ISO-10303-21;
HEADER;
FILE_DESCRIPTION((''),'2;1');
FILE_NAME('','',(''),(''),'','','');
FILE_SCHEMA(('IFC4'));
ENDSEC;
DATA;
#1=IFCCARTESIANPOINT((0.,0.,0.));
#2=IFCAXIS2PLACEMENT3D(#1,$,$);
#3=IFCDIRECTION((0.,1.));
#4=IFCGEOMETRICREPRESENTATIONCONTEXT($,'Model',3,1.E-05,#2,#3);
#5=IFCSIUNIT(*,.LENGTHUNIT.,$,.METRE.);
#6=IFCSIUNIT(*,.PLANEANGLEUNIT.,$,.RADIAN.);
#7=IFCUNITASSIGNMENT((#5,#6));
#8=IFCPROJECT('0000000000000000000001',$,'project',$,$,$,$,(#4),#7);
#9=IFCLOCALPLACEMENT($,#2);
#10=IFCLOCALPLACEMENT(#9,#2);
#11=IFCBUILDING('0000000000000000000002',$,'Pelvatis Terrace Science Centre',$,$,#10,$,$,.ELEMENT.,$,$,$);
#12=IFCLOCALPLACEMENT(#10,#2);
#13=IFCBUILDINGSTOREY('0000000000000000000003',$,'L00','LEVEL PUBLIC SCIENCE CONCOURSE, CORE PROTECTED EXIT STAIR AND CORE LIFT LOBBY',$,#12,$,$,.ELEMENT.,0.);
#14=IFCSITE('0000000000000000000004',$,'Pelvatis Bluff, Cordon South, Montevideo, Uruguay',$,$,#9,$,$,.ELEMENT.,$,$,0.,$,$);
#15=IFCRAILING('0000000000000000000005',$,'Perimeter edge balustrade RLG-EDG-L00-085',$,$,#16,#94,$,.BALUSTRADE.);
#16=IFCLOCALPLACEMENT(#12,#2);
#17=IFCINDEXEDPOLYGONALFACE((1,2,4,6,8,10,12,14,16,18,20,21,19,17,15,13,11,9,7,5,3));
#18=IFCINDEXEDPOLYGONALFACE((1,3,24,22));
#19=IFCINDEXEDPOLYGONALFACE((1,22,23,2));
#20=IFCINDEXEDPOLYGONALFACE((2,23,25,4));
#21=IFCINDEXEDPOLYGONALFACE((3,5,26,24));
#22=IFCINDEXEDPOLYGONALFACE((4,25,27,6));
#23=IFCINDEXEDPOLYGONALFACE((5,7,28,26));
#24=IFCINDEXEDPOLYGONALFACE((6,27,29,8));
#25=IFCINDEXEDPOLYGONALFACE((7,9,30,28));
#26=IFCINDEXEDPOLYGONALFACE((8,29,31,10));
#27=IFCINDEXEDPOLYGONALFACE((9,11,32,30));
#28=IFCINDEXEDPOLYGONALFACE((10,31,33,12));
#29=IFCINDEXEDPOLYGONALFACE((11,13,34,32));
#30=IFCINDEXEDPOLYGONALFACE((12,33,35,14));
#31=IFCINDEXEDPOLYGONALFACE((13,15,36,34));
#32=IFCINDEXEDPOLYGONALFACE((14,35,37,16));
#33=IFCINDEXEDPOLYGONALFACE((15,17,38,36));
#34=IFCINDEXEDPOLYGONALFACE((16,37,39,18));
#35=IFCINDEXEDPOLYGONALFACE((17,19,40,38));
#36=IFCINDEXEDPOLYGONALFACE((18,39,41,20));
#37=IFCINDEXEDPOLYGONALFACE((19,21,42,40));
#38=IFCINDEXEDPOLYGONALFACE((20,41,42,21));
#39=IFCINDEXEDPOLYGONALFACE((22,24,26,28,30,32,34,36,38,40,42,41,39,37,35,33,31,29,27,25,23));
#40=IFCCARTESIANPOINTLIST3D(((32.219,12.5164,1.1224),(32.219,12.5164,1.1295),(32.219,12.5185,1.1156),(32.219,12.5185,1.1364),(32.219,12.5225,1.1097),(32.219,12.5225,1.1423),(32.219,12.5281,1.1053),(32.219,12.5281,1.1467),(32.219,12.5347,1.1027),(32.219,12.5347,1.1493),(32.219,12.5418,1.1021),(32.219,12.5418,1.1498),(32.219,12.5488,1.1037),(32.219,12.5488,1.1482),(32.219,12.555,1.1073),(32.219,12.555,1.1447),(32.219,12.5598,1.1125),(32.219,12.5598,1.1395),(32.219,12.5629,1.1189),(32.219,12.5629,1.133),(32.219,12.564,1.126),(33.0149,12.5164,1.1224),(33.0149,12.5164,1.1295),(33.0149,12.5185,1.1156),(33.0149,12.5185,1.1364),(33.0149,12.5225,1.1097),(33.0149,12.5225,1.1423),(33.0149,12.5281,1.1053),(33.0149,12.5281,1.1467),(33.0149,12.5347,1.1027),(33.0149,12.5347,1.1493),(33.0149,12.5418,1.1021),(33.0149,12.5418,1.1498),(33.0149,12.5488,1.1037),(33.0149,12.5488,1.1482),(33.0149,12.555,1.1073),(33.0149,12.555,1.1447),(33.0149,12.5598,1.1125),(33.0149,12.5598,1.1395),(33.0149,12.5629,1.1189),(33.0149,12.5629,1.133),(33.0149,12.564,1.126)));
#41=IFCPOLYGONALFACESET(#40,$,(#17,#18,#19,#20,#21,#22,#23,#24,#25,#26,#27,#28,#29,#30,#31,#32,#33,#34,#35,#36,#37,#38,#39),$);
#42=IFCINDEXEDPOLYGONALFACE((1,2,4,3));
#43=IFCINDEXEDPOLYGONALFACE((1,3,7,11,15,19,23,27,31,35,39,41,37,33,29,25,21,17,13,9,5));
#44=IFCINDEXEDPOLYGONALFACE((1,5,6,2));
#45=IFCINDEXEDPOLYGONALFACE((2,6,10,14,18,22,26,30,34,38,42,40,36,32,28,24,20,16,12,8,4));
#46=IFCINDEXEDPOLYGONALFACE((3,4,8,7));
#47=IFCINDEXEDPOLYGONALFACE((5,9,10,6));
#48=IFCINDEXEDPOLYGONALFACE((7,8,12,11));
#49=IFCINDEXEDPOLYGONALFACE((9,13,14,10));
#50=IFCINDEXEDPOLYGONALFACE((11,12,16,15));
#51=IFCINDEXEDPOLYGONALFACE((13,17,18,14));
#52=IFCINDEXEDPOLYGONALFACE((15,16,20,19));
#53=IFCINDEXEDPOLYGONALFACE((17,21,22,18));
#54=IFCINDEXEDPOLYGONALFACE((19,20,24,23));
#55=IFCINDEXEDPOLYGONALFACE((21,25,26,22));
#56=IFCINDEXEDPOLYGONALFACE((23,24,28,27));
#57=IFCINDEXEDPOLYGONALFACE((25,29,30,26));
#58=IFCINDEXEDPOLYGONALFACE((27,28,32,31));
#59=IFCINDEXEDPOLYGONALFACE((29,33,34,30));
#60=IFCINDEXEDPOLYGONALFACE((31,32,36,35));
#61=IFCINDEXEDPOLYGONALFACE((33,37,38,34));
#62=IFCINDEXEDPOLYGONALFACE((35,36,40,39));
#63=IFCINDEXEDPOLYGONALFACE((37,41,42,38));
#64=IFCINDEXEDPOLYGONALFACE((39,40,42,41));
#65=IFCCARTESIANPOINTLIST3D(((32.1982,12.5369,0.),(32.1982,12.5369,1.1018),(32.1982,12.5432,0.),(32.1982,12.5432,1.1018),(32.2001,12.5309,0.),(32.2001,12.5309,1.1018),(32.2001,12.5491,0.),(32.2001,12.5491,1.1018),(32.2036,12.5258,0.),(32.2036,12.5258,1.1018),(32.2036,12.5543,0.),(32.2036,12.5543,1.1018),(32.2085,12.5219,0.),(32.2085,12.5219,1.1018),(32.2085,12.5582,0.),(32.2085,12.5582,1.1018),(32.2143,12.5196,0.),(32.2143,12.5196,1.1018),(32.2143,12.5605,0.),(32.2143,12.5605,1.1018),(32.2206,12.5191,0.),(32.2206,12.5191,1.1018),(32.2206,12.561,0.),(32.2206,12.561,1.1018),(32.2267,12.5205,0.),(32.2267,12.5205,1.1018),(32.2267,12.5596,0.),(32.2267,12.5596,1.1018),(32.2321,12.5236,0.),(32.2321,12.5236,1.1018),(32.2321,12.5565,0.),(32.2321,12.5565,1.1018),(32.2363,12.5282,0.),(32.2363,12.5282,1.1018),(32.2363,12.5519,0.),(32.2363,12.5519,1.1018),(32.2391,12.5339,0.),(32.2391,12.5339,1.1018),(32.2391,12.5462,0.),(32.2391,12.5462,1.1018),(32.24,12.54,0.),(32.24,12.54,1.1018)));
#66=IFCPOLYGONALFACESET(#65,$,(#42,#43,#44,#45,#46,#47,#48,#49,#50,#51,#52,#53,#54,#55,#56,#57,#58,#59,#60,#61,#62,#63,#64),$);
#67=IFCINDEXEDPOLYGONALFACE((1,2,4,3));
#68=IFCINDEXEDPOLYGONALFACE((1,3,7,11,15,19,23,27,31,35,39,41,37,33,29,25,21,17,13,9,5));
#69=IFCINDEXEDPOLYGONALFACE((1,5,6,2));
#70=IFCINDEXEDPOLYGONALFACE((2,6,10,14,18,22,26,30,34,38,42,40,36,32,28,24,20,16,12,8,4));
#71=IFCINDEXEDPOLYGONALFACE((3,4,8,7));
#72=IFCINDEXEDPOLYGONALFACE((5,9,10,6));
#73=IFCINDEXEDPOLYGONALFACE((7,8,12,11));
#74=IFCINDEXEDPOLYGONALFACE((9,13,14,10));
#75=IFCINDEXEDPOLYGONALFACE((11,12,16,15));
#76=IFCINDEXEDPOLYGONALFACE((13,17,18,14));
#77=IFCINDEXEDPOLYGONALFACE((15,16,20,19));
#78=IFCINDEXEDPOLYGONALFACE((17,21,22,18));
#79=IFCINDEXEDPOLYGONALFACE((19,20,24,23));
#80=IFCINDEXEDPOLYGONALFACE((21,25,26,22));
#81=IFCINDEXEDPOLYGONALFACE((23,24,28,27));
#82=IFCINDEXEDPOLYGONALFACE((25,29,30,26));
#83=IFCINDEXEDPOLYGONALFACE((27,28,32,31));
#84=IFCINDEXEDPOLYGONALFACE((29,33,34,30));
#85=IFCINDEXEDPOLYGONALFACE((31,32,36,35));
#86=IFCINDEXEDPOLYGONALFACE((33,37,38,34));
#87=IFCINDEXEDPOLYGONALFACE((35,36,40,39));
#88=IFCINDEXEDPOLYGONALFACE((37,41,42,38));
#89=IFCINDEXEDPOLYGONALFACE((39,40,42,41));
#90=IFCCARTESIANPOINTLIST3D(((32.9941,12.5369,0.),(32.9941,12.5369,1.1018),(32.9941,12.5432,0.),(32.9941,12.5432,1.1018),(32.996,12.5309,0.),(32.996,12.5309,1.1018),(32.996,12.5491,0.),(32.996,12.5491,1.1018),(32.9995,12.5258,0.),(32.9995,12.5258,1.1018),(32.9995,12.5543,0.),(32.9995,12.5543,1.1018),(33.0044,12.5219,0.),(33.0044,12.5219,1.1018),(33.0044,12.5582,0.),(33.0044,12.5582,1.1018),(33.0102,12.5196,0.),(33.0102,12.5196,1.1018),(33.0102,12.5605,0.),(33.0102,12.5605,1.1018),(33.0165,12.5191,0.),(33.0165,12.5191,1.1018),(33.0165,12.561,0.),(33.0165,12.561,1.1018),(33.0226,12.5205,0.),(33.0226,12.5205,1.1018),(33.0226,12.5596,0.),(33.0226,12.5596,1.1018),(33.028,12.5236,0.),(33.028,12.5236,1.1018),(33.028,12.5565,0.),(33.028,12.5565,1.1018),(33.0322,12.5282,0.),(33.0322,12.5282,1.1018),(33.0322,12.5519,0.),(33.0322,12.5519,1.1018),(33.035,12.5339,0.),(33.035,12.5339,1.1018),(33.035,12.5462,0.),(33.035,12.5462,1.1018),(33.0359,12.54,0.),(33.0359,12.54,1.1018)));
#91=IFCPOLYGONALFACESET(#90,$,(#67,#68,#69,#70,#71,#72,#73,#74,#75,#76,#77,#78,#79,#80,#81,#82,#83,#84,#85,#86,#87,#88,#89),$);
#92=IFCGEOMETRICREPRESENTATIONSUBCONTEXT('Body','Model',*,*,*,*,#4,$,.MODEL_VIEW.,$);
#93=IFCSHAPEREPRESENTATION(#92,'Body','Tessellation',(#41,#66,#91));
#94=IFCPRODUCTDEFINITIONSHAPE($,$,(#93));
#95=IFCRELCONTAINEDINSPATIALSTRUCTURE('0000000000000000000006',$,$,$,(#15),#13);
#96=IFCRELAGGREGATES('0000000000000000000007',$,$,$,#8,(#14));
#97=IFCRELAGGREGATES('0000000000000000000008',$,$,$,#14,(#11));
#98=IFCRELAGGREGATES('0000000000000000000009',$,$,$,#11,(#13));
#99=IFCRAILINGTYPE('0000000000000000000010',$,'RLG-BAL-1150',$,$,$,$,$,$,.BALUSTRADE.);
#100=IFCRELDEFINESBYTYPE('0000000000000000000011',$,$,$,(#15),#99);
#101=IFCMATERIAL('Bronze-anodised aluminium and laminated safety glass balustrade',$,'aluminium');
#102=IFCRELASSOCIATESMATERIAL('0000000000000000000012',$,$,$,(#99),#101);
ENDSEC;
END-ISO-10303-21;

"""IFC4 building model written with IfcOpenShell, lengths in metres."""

from ifc_helpers import new_model, si_unit, direction, frame, origin, origin_2d, place, context, subcontext, project, spatial, circle, extrude, material, type_object, element, save


model = new_model("IFC4")

# Units and contexts
model_context = context("Model", 3, precision=1e-05, world=origin(), true_north=direction((0.0, 1.0)))
body_context = subcontext(model_context, "Body", "Model", "MODEL_VIEW")
ifc_project = project(units=[si_unit("LENGTHUNIT", "METRE"), si_unit("PLANEANGLEUNIT", "RADIAN")], contexts=[model_context])

# Site, building, storey
site_placement = place(None, origin())
site = spatial("IfcSite", under=ifc_project, at=site_placement, Name="Pelvatis Bluff, Cordon South, Montevideo, Uruguay", CompositionType="ELEMENT", RefElevation=0.0)
building_placement = place(site_placement, origin())
building = spatial("IfcBuilding", under=site, at=building_placement, Name="Pelvatis Terrace Science Centre", CompositionType="ELEMENT")
storey_placement = place(building_placement, origin())
storey = spatial("IfcBuildingStorey", under=building, at=storey_placement, Name="L00", Description="LEVEL PUBLIC SCIENCE CONCOURSE, CORE PROTECTED EXIT STAIR AND CORE LIFT LOBBY", CompositionType="ELEMENT", Elevation=0.0)

# Railing
ifc_material_1 = material(Name="Bronze-anodised aluminium and laminated safety glass balustrade", Category="aluminium")
railing_type = type_object("IfcRailingType", Name="RLG-BAL-1150", PredefinedType="BALUSTRADE", material=ifc_material_1)
railing_1_placement = place(storey_placement, frame((32.219, 12.54, 0.0)))
element("IfcRailing", 1, at=railing_1_placement, inside=storey, type_object=railing_type, Name="Perimeter edge balustrade RLG-EDG-L00-085", PredefinedType="BALUSTRADE", context=body_context, shape_type="SweptSolid", body=[
    extrude(circle(Radius=0.0239, at=origin_2d()), frame((0.0, 0.0, 1.126), z_axis=(1.0, 0.0, 0.0), x_axis=(0.0, 1.0, 0.0)), (0.0, 0.0, 1.0), 0.7959),
    extrude(circle(Radius=0.021, at=origin_2d()), origin(), (0.0, 0.0, 1.0), 1.1018),
    extrude(circle(Radius=0.021, at=origin_2d()), frame((0.7959, 0.0, 0.0)), (0.0, 0.0, 1.0), 1.1018),
])

save(model, "model.ifc")
